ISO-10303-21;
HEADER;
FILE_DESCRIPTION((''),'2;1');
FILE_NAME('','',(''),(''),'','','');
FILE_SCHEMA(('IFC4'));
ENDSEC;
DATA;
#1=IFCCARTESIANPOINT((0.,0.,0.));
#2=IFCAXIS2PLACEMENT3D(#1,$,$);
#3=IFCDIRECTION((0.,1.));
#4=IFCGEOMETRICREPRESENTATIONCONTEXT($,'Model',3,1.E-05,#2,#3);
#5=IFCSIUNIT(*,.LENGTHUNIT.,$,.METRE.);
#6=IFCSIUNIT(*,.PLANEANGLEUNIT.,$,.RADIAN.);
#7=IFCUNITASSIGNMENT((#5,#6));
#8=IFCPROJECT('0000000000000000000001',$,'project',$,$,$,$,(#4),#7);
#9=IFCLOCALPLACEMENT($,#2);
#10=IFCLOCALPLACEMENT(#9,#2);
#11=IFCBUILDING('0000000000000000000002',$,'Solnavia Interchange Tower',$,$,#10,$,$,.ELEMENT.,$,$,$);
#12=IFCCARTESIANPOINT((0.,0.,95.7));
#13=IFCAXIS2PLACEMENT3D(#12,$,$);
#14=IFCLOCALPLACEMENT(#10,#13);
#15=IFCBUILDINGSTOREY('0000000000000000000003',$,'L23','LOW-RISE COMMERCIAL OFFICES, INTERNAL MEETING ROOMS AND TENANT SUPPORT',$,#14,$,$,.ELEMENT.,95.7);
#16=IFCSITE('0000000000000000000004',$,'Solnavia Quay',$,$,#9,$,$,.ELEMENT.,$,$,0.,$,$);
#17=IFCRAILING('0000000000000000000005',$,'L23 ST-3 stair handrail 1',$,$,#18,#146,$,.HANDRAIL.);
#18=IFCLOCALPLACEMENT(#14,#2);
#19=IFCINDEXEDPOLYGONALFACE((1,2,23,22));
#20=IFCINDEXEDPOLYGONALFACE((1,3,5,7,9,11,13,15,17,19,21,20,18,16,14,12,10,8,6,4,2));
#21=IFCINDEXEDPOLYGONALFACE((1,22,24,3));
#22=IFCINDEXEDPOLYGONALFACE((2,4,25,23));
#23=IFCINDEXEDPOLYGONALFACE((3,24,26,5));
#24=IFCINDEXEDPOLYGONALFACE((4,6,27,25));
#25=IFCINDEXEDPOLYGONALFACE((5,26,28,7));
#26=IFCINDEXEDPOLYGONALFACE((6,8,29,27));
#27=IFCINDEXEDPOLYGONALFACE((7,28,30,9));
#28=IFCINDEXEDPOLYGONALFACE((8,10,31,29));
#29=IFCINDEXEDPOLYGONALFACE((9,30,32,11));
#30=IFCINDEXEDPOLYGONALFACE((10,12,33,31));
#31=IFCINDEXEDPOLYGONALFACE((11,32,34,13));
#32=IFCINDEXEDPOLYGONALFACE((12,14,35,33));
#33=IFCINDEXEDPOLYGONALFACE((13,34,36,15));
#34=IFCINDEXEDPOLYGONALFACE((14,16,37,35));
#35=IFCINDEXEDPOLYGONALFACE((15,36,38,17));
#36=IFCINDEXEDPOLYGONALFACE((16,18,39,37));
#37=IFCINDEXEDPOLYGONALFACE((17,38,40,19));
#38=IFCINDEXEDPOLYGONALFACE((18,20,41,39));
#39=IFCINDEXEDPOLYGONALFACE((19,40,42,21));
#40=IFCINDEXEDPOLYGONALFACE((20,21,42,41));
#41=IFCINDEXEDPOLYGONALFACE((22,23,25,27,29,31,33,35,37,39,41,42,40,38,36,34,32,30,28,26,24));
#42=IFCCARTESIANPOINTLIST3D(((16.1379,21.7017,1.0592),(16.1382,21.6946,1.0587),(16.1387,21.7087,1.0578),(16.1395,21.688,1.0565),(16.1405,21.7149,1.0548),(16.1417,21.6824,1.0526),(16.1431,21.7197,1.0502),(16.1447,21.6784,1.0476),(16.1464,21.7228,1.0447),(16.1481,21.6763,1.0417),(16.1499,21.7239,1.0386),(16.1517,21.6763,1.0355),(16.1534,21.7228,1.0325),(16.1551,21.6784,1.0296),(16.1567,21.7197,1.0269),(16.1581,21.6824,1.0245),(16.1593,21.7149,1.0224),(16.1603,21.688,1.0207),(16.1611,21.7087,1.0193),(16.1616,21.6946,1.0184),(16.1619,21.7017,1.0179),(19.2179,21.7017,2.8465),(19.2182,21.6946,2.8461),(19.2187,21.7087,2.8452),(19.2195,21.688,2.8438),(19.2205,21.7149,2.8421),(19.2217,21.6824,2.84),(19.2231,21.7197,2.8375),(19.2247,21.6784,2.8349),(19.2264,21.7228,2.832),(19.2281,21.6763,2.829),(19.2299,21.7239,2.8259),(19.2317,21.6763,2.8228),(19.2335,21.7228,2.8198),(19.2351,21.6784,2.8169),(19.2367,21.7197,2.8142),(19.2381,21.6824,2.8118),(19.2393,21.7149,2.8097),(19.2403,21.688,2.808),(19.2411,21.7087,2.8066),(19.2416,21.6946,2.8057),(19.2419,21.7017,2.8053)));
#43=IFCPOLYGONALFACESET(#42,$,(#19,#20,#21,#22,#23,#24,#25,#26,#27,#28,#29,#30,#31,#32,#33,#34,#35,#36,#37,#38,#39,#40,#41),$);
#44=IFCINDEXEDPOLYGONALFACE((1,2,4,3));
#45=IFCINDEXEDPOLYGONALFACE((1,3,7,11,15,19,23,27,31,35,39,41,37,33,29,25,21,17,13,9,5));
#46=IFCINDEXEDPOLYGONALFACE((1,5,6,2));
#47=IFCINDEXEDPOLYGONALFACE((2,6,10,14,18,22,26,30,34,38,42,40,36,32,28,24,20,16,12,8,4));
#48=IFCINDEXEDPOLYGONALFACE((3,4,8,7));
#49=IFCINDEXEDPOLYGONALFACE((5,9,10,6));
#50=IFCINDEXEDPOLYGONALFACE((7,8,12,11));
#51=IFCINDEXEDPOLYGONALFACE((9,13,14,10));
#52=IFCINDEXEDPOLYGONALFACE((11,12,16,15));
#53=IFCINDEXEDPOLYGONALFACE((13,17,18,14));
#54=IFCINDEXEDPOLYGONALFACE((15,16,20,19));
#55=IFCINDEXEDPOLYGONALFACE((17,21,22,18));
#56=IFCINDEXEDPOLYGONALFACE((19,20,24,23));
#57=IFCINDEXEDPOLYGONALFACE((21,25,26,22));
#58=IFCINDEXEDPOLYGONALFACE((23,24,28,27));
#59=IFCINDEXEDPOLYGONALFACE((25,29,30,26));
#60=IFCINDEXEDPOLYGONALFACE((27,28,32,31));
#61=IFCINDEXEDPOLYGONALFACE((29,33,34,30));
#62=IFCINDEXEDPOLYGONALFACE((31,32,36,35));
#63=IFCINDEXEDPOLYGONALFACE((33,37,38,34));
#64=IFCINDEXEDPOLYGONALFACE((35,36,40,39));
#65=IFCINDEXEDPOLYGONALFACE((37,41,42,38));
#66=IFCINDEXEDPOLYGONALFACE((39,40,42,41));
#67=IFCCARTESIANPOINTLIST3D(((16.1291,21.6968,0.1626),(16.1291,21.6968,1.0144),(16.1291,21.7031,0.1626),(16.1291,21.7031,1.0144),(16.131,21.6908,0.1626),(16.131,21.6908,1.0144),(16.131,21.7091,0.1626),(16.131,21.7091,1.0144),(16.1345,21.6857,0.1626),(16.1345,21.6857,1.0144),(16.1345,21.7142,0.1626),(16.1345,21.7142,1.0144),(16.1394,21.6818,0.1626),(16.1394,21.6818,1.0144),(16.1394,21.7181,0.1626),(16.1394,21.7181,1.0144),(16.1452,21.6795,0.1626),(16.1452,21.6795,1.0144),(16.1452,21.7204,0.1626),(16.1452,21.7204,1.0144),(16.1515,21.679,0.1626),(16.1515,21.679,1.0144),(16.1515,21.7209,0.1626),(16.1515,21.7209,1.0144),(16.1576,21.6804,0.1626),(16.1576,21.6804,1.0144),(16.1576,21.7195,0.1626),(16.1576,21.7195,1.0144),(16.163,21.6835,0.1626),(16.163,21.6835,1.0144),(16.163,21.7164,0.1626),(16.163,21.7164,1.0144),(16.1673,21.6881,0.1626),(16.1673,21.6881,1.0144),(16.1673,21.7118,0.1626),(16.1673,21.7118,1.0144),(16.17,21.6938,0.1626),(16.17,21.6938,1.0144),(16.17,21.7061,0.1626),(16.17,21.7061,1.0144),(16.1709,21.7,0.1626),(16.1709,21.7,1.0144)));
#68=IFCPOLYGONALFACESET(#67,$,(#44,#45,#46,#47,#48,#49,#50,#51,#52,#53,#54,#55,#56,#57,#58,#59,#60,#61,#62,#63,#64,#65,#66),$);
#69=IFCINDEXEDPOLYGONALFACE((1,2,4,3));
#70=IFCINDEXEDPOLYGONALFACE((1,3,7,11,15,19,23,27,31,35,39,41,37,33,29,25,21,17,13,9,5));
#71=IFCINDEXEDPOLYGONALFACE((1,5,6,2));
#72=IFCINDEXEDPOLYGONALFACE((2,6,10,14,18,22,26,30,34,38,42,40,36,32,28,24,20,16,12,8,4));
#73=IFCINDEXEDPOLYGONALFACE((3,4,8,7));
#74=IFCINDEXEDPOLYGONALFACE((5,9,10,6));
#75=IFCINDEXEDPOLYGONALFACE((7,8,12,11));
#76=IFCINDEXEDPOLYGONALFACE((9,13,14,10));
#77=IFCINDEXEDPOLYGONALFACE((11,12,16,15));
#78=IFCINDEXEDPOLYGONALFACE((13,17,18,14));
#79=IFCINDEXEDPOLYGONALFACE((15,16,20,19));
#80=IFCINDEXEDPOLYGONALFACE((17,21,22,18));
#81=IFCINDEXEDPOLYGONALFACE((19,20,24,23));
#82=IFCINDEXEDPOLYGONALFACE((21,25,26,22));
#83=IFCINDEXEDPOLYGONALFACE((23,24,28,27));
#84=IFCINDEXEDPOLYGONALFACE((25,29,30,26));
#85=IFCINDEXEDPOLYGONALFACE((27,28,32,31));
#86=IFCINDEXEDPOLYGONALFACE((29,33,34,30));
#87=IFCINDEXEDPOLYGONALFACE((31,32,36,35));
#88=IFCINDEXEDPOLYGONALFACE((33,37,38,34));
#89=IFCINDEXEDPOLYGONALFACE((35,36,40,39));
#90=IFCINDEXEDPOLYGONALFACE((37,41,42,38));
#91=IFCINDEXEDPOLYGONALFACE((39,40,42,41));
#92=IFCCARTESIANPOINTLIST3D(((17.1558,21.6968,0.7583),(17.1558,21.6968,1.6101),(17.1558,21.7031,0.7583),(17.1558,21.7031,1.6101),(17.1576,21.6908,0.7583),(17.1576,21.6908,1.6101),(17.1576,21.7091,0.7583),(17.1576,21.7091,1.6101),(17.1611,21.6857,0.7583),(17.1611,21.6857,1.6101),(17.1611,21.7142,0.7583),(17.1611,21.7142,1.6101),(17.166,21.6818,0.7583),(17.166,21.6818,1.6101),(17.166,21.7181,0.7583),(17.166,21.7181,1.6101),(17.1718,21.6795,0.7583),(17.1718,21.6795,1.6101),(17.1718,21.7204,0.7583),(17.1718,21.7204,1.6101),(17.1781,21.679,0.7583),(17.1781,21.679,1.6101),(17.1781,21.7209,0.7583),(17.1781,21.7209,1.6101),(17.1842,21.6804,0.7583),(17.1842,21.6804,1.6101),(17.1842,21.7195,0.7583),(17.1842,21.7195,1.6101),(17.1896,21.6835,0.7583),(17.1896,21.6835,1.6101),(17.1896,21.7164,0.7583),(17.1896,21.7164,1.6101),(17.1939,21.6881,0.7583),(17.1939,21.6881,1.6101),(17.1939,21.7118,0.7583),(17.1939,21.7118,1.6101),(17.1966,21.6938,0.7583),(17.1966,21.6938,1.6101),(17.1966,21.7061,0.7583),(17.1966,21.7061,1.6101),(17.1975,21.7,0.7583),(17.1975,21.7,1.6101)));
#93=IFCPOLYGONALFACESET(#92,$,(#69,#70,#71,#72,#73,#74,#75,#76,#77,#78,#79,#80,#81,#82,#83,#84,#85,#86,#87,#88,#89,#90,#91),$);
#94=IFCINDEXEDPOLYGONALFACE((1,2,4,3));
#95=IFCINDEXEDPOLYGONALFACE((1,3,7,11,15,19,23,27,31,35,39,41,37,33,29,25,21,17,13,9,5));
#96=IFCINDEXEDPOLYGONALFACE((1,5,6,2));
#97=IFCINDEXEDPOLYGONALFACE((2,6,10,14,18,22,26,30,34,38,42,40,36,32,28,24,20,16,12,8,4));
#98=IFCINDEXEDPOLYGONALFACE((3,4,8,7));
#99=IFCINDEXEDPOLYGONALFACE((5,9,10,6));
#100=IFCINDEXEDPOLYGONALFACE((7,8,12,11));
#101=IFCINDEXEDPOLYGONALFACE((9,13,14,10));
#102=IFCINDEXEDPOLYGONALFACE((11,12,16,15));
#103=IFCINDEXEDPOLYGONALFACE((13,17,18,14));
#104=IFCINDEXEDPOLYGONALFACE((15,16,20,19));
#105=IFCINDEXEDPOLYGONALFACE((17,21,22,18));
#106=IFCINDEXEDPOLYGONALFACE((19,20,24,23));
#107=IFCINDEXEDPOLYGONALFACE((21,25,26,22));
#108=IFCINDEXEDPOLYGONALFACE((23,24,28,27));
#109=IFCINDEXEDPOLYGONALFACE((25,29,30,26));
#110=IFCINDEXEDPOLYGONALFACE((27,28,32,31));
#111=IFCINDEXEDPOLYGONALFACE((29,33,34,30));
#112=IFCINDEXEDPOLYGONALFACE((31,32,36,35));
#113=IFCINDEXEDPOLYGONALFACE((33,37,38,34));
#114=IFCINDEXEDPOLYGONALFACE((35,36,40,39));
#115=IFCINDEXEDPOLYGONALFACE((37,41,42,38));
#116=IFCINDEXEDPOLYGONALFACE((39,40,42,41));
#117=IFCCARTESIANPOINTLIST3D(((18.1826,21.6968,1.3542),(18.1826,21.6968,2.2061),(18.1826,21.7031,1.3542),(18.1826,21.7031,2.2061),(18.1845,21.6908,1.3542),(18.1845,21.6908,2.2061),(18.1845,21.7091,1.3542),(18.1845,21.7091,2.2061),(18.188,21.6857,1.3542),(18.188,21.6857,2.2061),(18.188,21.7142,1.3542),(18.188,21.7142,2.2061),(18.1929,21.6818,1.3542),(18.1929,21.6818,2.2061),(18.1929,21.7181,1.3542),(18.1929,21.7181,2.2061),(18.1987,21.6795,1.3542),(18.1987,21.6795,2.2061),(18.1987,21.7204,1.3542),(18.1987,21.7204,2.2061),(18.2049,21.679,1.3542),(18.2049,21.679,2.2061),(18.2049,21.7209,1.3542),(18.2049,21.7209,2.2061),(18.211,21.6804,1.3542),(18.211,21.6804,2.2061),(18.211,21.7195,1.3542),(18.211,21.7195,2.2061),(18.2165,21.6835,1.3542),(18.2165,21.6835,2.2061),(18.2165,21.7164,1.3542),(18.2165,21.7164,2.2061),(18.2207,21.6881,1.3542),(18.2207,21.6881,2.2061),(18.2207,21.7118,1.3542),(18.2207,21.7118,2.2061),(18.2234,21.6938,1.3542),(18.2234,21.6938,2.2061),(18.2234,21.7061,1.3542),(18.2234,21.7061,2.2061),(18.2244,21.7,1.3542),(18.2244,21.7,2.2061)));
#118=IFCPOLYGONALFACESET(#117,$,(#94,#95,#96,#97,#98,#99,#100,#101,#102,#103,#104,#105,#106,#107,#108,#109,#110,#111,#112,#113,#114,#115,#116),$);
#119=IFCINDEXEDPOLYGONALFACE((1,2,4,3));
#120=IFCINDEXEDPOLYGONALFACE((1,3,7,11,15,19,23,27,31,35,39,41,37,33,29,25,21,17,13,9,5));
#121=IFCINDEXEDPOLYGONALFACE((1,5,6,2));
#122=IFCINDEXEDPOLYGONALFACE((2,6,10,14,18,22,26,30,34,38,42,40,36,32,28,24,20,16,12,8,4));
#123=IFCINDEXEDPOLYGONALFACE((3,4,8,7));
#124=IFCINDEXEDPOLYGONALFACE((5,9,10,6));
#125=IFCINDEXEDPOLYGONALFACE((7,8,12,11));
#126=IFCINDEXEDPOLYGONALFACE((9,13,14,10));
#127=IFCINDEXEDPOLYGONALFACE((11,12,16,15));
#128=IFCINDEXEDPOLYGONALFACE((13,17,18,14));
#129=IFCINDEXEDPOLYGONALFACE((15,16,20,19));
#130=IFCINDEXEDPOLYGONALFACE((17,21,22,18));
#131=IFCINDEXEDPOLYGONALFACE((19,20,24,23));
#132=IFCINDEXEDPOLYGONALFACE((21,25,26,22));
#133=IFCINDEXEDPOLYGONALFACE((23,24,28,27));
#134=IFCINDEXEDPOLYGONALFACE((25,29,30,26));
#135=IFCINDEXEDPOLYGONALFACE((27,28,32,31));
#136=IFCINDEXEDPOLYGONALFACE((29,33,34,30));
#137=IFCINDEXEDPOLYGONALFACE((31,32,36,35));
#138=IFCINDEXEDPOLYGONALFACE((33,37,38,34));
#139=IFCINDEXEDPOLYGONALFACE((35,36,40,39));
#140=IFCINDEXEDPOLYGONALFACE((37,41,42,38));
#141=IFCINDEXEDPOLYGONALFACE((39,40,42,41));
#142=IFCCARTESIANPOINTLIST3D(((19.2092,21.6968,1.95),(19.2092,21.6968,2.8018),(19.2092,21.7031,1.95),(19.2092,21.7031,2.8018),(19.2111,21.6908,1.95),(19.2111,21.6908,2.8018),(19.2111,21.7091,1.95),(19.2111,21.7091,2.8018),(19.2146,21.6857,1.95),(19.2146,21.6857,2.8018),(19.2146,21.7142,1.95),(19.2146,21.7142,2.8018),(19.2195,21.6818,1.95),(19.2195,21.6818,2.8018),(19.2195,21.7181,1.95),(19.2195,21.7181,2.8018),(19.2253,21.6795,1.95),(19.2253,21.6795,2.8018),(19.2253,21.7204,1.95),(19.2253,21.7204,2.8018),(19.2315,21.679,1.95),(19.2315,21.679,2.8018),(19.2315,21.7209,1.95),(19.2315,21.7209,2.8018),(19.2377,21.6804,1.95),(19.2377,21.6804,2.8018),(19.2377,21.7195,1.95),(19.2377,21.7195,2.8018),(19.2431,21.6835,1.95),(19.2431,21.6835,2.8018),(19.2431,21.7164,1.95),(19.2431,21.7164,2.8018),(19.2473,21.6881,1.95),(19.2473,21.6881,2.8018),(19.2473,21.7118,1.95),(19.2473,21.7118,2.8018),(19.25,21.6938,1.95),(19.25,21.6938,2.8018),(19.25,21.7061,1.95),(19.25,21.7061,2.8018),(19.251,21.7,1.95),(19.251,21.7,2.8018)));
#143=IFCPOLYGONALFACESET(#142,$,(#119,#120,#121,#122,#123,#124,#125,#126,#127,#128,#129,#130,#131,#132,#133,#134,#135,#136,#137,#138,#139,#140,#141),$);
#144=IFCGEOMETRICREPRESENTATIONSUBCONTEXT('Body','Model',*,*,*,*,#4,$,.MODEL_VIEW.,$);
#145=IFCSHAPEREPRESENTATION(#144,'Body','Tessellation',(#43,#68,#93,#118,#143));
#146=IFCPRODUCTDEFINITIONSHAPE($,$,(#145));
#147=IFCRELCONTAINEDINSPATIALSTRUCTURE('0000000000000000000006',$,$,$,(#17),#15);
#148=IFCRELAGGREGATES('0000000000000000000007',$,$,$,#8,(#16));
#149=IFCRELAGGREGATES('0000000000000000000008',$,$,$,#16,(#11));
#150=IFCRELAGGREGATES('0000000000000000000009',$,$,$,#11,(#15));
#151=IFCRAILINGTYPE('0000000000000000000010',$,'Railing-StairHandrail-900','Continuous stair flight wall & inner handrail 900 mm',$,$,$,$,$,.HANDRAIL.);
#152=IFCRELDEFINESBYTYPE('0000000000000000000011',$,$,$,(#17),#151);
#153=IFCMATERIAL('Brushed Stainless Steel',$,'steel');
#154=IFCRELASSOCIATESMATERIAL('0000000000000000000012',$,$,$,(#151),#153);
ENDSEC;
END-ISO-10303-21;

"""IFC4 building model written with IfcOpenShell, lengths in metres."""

from ifc_helpers import new_model, si_unit, direction, frame, origin, origin_2d, place, context, subcontext, project, spatial, circle, extrude, material, type_object, element, save


model = new_model("IFC4")

# Units and contexts
model_context = context("Model", 3, precision=1e-05, world=origin(), true_north=direction((0.0, 1.0)))
body_context = subcontext(model_context, "Body", "Model", "MODEL_VIEW")
ifc_project = project(units=[si_unit("LENGTHUNIT", "METRE"), si_unit("PLANEANGLEUNIT", "RADIAN")], contexts=[model_context])

# Site, building, storey
site_placement = place(None, origin())
site = spatial("IfcSite", under=ifc_project, at=site_placement, Name="Solnavia Quay", CompositionType="ELEMENT", RefElevation=0.0)
building_placement = place(site_placement, origin())
building = spatial("IfcBuilding", under=site, at=building_placement, Name="Solnavia Interchange Tower", CompositionType="ELEMENT")
storey_placement = place(building_placement, frame((0.0, 0.0, 95.7)))
storey = spatial("IfcBuildingStorey", under=building, at=storey_placement, Name="L23", Description="LOW-RISE COMMERCIAL OFFICES, INTERNAL MEETING ROOMS AND TENANT SUPPORT", CompositionType="ELEMENT", Elevation=95.7)

# Railing
ifc_material_1 = material(Name="Brushed Stainless Steel", Category="steel")
railing_type_1 = type_object("IfcRailingType", Name="Railing-StairHandrail-900", Description="Continuous stair flight wall & inner handrail 900 mm", PredefinedType="HANDRAIL", material=ifc_material_1)
railing_1_placement = place(storey_placement, frame((16.1499, 21.7, 0.1626)))
element("IfcRailing", 1, at=railing_1_placement, inside=storey, type_object=railing_type_1, Name="L23 ST-3 stair handrail 1", PredefinedType="HANDRAIL", context=body_context, shape_type="SweptSolid", body=[
    extrude(circle(Radius=0.0239, at=origin_2d()), frame((0.0, 0.0, 0.876), z_axis=(0.86492, 0.0, 0.501909), x_axis=(0.0, 1.0, 0.0)), (0.0, 0.0, 1.0), 3.561),
    extrude(circle(Radius=0.021, at=origin_2d()), origin(), (0.0, 0.0, 1.0), 0.8518),
    extrude(circle(Radius=0.021, at=origin_2d()), frame((1.0266, 0.0, 0.5957)), (0.0, 0.0, 1.0), 0.8518),
    extrude(circle(Radius=0.021, at=origin_2d()), frame((2.0535, 0.0, 1.1917)), (0.0, 0.0, 1.0), 0.8518),
    extrude(circle(Radius=0.021, at=origin_2d()), frame((3.0801, 0.0, 1.7874)), (0.0, 0.0, 1.0), 0.8518),
])

save(model, "model.ifc")
